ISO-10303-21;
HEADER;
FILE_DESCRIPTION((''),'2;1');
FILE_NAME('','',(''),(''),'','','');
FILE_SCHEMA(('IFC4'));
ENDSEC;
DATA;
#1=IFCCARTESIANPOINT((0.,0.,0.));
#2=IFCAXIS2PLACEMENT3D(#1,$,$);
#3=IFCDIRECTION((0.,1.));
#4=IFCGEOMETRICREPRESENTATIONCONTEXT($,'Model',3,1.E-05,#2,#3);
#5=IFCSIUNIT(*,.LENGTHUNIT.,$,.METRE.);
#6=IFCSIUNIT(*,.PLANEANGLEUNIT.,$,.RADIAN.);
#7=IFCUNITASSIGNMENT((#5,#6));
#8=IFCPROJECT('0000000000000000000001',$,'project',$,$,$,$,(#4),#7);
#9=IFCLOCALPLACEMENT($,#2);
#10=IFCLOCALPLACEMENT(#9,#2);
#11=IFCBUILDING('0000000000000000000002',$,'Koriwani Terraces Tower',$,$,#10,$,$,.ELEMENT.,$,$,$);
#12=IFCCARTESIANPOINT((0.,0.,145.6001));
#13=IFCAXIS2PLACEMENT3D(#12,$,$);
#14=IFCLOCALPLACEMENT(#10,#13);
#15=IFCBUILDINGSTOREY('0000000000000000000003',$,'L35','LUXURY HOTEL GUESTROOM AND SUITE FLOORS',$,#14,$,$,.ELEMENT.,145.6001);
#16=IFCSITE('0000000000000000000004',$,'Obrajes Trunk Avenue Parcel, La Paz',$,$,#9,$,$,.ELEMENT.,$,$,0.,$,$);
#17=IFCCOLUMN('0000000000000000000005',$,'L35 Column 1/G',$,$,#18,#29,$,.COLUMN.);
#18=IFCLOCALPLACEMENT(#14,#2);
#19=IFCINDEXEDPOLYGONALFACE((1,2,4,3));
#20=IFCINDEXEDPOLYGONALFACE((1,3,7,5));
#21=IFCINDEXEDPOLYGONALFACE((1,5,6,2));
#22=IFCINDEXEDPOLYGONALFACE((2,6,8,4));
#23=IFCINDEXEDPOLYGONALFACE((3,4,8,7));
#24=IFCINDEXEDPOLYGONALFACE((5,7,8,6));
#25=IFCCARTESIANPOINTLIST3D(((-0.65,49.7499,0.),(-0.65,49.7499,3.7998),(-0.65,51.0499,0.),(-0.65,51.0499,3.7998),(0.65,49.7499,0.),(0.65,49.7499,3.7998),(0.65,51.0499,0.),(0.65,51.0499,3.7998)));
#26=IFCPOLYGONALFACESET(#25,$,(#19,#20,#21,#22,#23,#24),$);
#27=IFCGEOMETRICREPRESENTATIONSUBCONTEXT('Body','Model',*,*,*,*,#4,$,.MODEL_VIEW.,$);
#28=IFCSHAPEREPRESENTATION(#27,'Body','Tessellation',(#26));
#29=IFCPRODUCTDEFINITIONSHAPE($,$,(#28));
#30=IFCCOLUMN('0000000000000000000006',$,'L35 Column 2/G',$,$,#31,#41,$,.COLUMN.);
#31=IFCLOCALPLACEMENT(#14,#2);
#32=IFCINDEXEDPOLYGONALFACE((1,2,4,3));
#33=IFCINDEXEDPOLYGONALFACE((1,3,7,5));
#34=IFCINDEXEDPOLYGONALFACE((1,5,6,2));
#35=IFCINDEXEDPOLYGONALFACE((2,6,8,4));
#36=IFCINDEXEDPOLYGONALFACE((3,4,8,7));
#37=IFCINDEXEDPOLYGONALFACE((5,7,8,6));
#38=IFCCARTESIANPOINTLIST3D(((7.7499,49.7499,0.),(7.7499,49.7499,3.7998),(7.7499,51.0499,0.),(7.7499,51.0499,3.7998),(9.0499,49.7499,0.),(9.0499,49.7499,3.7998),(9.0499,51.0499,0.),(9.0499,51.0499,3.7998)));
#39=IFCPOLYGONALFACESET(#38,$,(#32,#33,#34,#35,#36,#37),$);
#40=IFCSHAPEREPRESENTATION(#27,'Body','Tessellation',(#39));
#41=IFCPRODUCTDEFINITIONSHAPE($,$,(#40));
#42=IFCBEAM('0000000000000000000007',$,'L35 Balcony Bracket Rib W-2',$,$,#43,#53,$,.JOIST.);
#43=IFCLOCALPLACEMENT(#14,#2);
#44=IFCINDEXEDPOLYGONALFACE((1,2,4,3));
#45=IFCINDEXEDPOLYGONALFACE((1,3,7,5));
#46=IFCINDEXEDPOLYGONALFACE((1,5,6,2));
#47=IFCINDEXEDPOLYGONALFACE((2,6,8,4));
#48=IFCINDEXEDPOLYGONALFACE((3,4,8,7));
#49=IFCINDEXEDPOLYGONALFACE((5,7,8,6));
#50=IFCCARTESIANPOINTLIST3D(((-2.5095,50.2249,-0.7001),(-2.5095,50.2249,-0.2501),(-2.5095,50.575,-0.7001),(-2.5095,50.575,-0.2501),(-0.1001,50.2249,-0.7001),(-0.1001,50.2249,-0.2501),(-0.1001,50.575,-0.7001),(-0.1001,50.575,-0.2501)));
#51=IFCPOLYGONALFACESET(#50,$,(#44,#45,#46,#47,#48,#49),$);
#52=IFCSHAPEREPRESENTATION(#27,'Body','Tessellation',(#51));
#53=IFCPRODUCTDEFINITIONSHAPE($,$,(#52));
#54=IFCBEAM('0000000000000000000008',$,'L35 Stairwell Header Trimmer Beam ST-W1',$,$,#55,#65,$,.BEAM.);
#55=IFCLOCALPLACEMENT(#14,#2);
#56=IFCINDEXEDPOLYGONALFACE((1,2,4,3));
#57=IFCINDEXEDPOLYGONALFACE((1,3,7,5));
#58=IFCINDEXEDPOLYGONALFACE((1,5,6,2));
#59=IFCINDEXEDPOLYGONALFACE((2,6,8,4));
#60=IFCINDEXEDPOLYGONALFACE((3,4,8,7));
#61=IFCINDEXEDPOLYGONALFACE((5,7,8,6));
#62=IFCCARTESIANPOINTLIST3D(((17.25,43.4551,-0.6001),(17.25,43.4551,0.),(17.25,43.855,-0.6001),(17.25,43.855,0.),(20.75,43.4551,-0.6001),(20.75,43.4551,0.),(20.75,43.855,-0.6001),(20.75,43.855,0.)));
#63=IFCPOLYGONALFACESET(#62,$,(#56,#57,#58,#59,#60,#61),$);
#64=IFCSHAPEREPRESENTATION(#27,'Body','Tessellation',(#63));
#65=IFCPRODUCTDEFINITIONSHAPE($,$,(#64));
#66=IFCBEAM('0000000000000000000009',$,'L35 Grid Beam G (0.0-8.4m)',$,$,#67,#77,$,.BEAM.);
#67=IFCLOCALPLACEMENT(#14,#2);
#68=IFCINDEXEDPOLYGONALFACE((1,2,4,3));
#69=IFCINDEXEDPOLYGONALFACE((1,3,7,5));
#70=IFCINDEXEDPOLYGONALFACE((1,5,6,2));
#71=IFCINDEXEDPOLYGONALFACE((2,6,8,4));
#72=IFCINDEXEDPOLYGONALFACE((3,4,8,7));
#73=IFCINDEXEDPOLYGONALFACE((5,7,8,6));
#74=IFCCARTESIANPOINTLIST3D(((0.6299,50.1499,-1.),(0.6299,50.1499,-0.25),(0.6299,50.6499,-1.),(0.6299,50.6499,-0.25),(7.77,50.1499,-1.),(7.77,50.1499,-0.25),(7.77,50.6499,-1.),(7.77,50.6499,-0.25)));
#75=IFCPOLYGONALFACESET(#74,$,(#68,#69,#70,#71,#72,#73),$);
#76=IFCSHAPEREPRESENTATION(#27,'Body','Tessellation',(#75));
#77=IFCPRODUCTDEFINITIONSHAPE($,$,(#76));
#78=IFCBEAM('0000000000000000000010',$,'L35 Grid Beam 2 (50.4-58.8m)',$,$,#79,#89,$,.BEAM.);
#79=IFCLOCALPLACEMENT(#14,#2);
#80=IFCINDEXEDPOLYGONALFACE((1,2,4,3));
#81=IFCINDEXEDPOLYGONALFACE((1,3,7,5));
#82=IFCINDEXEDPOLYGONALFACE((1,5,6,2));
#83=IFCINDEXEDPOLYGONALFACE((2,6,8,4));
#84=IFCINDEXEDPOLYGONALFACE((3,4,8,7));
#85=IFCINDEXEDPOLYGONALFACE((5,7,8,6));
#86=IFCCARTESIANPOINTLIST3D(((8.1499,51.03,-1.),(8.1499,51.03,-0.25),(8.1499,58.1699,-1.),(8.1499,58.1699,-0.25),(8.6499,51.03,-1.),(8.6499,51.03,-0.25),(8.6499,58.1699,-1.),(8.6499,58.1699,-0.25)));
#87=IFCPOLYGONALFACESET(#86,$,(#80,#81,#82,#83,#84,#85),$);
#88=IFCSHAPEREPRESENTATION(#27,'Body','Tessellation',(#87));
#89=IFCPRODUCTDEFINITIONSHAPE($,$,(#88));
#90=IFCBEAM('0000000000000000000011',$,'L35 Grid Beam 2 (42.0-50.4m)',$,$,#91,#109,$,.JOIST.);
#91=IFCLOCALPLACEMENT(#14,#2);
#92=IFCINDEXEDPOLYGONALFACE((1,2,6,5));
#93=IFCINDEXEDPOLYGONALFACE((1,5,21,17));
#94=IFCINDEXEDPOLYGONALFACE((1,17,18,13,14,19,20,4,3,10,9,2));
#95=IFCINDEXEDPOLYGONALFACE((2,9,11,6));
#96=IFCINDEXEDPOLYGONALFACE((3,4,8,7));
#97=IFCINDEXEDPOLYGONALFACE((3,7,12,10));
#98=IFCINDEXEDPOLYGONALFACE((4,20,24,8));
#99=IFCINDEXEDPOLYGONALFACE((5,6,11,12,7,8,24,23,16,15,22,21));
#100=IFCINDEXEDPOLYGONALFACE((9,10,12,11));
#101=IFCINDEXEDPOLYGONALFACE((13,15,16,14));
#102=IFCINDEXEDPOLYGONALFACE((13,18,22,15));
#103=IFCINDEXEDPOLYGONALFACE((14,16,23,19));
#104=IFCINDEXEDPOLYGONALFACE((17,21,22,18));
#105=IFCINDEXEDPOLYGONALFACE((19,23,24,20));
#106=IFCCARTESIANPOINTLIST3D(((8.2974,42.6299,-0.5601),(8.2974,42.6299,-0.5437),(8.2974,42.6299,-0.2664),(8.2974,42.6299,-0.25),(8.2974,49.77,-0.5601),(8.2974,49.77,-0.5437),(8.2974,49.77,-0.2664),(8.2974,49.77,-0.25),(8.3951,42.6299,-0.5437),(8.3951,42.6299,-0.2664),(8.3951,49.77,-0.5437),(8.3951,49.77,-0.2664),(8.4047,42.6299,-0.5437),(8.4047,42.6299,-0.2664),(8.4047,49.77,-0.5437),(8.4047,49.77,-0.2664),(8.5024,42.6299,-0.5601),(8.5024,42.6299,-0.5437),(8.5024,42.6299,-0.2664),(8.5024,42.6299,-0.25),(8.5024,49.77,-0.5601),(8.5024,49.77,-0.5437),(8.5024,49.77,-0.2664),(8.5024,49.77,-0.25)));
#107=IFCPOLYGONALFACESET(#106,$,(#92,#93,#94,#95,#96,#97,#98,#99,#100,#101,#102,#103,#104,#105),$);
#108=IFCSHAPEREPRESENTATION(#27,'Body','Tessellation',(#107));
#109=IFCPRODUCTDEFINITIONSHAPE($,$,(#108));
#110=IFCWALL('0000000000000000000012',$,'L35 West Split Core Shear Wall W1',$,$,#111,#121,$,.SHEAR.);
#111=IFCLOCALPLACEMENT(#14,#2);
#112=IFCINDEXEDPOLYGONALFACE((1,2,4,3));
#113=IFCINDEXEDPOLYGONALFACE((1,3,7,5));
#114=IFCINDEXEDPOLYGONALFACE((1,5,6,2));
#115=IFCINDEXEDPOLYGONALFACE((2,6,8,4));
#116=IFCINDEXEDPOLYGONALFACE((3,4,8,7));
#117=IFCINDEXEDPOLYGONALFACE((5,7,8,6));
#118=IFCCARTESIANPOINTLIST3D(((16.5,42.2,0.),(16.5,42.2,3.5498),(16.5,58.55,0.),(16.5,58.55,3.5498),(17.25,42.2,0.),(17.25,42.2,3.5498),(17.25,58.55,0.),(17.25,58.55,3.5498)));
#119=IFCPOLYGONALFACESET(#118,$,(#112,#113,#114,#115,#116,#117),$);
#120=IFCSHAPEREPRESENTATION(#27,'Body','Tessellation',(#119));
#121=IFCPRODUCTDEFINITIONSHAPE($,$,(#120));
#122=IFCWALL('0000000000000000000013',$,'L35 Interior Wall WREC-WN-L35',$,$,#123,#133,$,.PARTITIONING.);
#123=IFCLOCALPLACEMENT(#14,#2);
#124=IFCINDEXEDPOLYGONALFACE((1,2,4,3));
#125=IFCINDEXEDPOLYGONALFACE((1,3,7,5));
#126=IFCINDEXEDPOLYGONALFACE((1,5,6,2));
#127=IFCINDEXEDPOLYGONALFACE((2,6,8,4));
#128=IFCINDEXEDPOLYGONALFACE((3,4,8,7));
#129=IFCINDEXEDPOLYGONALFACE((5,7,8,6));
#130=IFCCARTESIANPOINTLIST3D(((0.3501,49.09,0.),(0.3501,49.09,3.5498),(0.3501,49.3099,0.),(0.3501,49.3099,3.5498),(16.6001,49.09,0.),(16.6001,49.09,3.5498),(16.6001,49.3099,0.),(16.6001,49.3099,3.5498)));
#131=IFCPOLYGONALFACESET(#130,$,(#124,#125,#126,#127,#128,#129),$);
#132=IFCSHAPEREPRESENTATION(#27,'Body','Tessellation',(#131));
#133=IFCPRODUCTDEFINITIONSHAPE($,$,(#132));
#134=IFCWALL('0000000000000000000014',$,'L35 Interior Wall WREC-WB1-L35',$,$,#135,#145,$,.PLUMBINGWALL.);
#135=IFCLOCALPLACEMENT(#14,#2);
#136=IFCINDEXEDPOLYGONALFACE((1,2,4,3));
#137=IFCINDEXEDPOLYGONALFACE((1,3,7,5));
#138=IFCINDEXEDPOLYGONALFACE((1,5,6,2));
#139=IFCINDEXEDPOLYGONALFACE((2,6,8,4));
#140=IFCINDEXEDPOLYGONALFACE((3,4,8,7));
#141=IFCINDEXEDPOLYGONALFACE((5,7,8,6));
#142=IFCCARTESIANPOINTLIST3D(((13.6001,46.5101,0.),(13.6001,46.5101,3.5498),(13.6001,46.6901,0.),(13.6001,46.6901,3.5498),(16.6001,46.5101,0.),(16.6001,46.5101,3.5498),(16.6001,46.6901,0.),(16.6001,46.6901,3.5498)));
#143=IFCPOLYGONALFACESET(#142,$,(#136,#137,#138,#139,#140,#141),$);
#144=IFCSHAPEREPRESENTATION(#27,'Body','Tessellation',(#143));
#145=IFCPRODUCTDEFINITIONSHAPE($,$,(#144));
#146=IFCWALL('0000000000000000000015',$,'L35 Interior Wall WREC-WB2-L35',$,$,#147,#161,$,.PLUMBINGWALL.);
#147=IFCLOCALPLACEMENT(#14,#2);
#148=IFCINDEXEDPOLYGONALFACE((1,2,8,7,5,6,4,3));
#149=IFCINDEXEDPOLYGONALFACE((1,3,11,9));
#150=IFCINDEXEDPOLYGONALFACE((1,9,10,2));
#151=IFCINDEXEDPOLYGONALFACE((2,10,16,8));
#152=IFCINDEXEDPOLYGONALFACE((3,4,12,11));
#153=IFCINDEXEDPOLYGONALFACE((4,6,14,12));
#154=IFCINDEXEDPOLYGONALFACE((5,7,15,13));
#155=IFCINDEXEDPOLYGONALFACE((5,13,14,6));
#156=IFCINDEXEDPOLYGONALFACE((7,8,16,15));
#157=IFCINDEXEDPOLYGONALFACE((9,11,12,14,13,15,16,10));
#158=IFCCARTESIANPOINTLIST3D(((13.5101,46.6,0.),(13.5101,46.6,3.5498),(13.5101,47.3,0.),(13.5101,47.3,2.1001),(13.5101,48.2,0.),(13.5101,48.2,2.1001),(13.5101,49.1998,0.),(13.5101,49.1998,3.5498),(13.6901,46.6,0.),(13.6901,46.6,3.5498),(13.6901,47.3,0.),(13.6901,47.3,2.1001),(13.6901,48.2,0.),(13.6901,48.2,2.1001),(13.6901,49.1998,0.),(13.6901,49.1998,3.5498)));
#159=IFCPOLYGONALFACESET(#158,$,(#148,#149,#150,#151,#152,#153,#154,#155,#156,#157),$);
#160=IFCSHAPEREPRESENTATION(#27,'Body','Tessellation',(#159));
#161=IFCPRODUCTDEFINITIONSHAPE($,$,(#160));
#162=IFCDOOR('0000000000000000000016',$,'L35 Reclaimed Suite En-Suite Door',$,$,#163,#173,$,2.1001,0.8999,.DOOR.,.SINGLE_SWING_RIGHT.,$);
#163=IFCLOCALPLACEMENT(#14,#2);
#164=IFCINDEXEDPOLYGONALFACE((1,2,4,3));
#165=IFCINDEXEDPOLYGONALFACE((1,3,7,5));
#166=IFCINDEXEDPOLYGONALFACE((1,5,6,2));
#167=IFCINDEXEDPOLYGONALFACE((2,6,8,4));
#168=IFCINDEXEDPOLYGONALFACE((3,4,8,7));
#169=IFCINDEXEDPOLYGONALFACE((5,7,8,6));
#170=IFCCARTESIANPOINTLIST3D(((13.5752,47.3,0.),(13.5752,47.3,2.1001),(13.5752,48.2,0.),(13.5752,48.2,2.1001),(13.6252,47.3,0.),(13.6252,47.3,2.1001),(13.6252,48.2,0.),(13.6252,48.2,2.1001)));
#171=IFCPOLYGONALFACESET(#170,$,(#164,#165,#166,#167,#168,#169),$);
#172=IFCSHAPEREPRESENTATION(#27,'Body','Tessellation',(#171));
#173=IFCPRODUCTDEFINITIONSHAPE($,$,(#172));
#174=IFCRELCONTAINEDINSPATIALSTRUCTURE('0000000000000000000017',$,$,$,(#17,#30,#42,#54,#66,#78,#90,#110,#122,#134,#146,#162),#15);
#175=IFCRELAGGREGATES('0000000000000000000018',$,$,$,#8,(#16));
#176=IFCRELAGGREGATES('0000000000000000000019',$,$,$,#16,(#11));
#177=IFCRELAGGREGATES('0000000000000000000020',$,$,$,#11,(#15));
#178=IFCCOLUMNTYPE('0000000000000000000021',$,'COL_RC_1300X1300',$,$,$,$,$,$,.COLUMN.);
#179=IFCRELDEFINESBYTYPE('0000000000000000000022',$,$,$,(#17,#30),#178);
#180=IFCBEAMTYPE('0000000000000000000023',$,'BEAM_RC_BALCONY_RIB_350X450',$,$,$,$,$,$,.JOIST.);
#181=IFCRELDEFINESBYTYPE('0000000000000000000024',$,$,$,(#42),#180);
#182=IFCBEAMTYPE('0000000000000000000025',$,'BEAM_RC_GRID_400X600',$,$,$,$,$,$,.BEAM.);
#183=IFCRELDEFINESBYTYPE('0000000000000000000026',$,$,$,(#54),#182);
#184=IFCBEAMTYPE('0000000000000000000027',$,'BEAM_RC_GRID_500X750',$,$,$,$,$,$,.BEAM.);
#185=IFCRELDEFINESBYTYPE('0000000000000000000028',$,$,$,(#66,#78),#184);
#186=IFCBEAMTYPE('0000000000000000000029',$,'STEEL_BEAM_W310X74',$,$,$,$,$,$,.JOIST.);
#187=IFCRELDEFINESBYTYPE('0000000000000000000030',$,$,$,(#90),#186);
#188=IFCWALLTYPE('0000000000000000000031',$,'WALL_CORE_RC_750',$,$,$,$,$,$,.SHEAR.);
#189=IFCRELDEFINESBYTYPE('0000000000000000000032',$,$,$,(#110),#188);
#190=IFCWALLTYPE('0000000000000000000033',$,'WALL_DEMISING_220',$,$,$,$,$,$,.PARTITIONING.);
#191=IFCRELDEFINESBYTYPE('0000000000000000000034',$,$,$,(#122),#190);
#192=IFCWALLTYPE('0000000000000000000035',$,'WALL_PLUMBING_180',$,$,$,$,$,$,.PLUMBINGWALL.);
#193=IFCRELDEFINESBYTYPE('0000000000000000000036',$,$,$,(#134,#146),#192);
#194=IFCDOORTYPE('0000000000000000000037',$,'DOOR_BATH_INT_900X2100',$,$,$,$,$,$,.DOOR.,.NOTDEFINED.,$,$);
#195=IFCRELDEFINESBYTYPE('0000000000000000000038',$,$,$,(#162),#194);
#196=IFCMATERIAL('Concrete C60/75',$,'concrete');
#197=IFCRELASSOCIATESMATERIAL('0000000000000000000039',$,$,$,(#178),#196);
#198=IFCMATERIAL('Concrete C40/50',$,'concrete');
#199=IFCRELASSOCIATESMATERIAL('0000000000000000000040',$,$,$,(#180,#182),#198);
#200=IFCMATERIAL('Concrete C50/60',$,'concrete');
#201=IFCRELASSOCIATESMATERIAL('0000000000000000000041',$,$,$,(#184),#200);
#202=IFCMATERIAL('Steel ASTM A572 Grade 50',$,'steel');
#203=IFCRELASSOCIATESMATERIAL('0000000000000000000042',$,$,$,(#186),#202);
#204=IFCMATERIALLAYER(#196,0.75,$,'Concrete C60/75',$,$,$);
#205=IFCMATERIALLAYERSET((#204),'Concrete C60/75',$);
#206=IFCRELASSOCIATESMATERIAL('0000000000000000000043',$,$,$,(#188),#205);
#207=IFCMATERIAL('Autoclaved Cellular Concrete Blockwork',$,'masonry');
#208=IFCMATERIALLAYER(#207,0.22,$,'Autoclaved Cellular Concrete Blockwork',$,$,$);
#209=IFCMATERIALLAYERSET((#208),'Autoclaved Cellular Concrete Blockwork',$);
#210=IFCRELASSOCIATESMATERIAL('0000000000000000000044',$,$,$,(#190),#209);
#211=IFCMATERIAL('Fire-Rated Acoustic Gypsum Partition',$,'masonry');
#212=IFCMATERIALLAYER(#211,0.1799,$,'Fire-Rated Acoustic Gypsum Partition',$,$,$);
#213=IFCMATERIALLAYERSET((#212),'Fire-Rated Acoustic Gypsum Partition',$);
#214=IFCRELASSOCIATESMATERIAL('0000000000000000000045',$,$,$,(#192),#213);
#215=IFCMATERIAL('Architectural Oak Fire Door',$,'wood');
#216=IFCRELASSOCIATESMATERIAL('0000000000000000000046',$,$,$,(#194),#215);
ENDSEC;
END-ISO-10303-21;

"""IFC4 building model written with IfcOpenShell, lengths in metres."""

from ifc_helpers import new_model, si_unit, direction, frame, frame_2d, origin, origin_2d, place, context, subcontext, project, spatial, rectangle, i_section, extrude, material, layer, layer_set, material_profile, profile_set, type_object, element, fill, save


model = new_model("IFC4")

# Units and contexts
model_context = context("Model", 3, precision=1e-05, world=origin(), true_north=direction((0.0, 1.0)))
body_context = subcontext(model_context, "Body", "Model", "MODEL_VIEW")
ifc_project = project(units=[si_unit("LENGTHUNIT", "METRE"), si_unit("PLANEANGLEUNIT", "RADIAN")], contexts=[model_context])

# Site, building, storey
site_placement = place(None, origin())
site = spatial("IfcSite", under=ifc_project, at=site_placement, Name="Obrajes Trunk Avenue Parcel, La Paz", CompositionType="ELEMENT", RefElevation=0.0)
building_placement = place(site_placement, origin())
building = spatial("IfcBuilding", under=site, at=building_placement, Name="Koriwani Terraces Tower", CompositionType="ELEMENT")
storey_placement = place(building_placement, frame((0.0, 0.0, 145.6001)))
storey = spatial("IfcBuildingStorey", under=building, at=storey_placement, Name="L35", Description="LUXURY HOTEL GUESTROOM AND SUITE FLOORS", CompositionType="ELEMENT", Elevation=145.6001)

# Columns
ifc_material_1 = material(Name="Concrete C60/75", Category="concrete")
ifc_material_profile_1 = material_profile(ifc_material_1, rectangle(XDim=1.3, YDim=1.3, at=origin_2d()), Name="Concrete C60/75", Category="LoadBearing")
ifc_profile_set_1 = profile_set([ifc_material_profile_1], Name="Concrete C60/75")
column_type = type_object("IfcColumnType", Name="COL_RC_1300X1300", PredefinedType="COLUMN", material=ifc_profile_set_1)
for number, where, z_axis, x_axis, name in (
    (1, (0.0, 50.3999, 0.0), (0.0, 0.0, 1.0), (1.0, 0.0, 0.0), "L35 Column 1/G"),
    (2, (8.3999, 50.3999, 0.0), (0.0, 0.0, 1.0), (1.0, 0.0, 0.0), "L35 Column 2/G"),
):
    element("IfcColumn", number, at=place(storey_placement, frame(where, z_axis=z_axis, x_axis=x_axis)), inside=storey, type_object=column_type, Name=name, PredefinedType="COLUMN", context=body_context, shape_type="SweptSolid", body=[
        extrude(rectangle(XDim=1.3, YDim=1.3, at=origin_2d()), origin(), (0.0, 0.0, 1.0), 3.7998),
    ])

# Beams
ifc_material_2 = material(Name="Concrete C40/50", Category="concrete")
ifc_material_profile_2 = material_profile(ifc_material_2, rectangle(XDim=0.3501, YDim=0.45, at=origin_2d()), Name="Concrete C40/50", Category="LoadBearing")
ifc_profile_set_2 = profile_set([ifc_material_profile_2], Name="Concrete C40/50")
beam_type_1 = type_object("IfcBeamType", Name="BEAM_RC_BALCONY_RIB_350X450", PredefinedType="JOIST", material=ifc_profile_set_2)
beam_1_placement = place(storey_placement, frame((-2.5095, 50.3999, -0.4751), z_axis=(1.0, 0.0, 0.0), x_axis=(0.0, 1.0, 0.0)))
element("IfcBeam", 3, at=beam_1_placement, inside=storey, type_object=beam_type_1, Name="L35 Balcony Bracket Rib W-2", PredefinedType="JOIST", context=body_context, shape_type="SweptSolid", body=[
    extrude(rectangle(XDim=0.3501, YDim=0.45, at=origin_2d()), origin(), (0.0, 0.0, 1.0), 2.4094),
])
ifc_material_profile_3 = material_profile(ifc_material_2, rectangle(XDim=0.3999, YDim=0.6001, at=origin_2d()), Name="Concrete C40/50", Category="LoadBearing")
ifc_profile_set_3 = profile_set([ifc_material_profile_3], Name="Concrete C40/50")
beam_type_2 = type_object("IfcBeamType", Name="BEAM_RC_GRID_400X600", PredefinedType="BEAM", material=ifc_profile_set_3)
beam_2_placement = place(storey_placement, frame((17.25, 43.655, -0.3), z_axis=(1.0, 0.0, 0.0), x_axis=(0.0, 1.0, 0.0)))
element("IfcBeam", 4, at=beam_2_placement, inside=storey, type_object=beam_type_2, Name="L35 Stairwell Header Trimmer Beam ST-W1", PredefinedType="BEAM", context=body_context, shape_type="SweptSolid", body=[
    extrude(rectangle(XDim=0.3999, YDim=0.6001, at=origin_2d()), origin(), (0.0, 0.0, 1.0), 3.5),
])
ifc_material_3 = material(Name="Concrete C50/60", Category="concrete")
ifc_material_profile_4 = material_profile(ifc_material_3, rectangle(XDim=0.5, YDim=0.75, at=origin_2d()), Name="Concrete C50/60", Category="LoadBearing")
ifc_profile_set_4 = profile_set([ifc_material_profile_4], Name="Concrete C50/60")
beam_type_3 = type_object("IfcBeamType", Name="BEAM_RC_GRID_500X750", PredefinedType="BEAM", material=ifc_profile_set_4)
beam_3_placement = place(storey_placement, frame((0.6299, 50.3999, -0.625), z_axis=(1.0, 0.0, 0.0), x_axis=(0.0, 1.0, 0.0)))
element("IfcBeam", 5, at=beam_3_placement, inside=storey, type_object=beam_type_3, Name="L35 Grid Beam G (0.0-8.4m)", PredefinedType="BEAM", context=body_context, shape_type="SweptSolid", body=[
    extrude(rectangle(XDim=0.5, YDim=0.75, at=origin_2d()), origin(), (0.0, 0.0, 1.0), 7.1401),
])
beam_4_placement = place(storey_placement, frame((8.3999, 51.03, -0.625), z_axis=(0.0, 1.0, 0.0), x_axis=(-1.0, 0.0, 0.0)))
element("IfcBeam", 6, at=beam_4_placement, inside=storey, type_object=beam_type_3, Name="L35 Grid Beam 2 (50.4-58.8m)", PredefinedType="BEAM", context=body_context, shape_type="SweptSolid", body=[
    extrude(rectangle(XDim=0.5, YDim=0.75, at=origin_2d()), origin(), (0.0, 0.0, 1.0), 7.1399),
])
ifc_material_4 = material(Name="Steel ASTM A572 Grade 50", Category="steel")
ifc_material_profile_5 = material_profile(ifc_material_4, i_section(OverallWidth=0.2051, OverallDepth=0.3101, WebThickness=0.0095, FlangeThickness=0.0164, at=origin_2d()), Name="Steel ASTM A572 Grade 50", Category="LoadBearing")
ifc_profile_set_5 = profile_set([ifc_material_profile_5], Name="Steel ASTM A572 Grade 50")
beam_type_4 = type_object("IfcBeamType", Name="STEEL_BEAM_W310X74", PredefinedType="JOIST", material=ifc_profile_set_5)
beam_5_placement = place(storey_placement, frame((8.3999, 42.6299, -0.405), z_axis=(0.0, 1.0, 0.0), x_axis=(-1.0, 0.0, 0.0)))
element("IfcBeam", 7, at=beam_5_placement, inside=storey, type_object=beam_type_4, Name="L35 Grid Beam 2 (42.0-50.4m)", PredefinedType="JOIST", context=body_context, shape_type="SweptSolid", body=[
    extrude(i_section(OverallWidth=0.2051, OverallDepth=0.3101, WebThickness=0.0095, FlangeThickness=0.0164, at=origin_2d()), origin(), (0.0, 0.0, 1.0), 7.1401),
])

# Walls
ifc_layer_1 = layer(ifc_material_1, 0.75, Name="Concrete C60/75")
ifc_layer_set_1 = layer_set([ifc_layer_1], Name="Concrete C60/75")
wall_type_1 = type_object("IfcWallType", Name="WALL_CORE_RC_750", PredefinedType="SHEAR", material=ifc_layer_set_1)
wall_1_placement = place(storey_placement, frame((16.875, 42.2, 0.0), z_axis=(0.0, 0.0, 1.0), x_axis=(0.0, 1.0, 0.0)))
element("IfcWall", 8, at=wall_1_placement, inside=storey, type_object=wall_type_1, Name="L35 West Split Core Shear Wall W1", PredefinedType="SHEAR", context=body_context, shape_type="SweptSolid", body=[
    extrude(rectangle(XDim=16.3501, YDim=0.75, at=frame_2d((8.175, 0.0))), origin(), (0.0, 0.0, 1.0), 3.5498),
])
ifc_material_5 = material(Name="Autoclaved Cellular Concrete Blockwork", Category="masonry")
ifc_layer_2 = layer(ifc_material_5, 0.22, Name="Autoclaved Cellular Concrete Blockwork")
ifc_layer_set_2 = layer_set([ifc_layer_2], Name="Autoclaved Cellular Concrete Blockwork")
wall_type_2 = type_object("IfcWallType", Name="WALL_DEMISING_220", PredefinedType="PARTITIONING", material=ifc_layer_set_2)
wall_2_placement = place(storey_placement, frame((0.3501, 49.2, 0.0), z_axis=(0.0, 0.0, 1.0), x_axis=(1.0, 0.0, 0.0)))
element("IfcWall", 9, at=wall_2_placement, inside=storey, type_object=wall_type_2, Name="L35 Interior Wall WREC-WN-L35", PredefinedType="PARTITIONING", context=body_context, shape_type="SweptSolid", body=[
    extrude(rectangle(XDim=16.25, YDim=0.22, at=frame_2d((8.125, 0.0))), origin(), (0.0, 0.0, 1.0), 3.5498),
])
ifc_material_6 = material(Name="Fire-Rated Acoustic Gypsum Partition", Category="masonry")
ifc_layer_3 = layer(ifc_material_6, 0.1799, Name="Fire-Rated Acoustic Gypsum Partition")
ifc_layer_set_3 = layer_set([ifc_layer_3], Name="Fire-Rated Acoustic Gypsum Partition")
wall_type_3 = type_object("IfcWallType", Name="WALL_PLUMBING_180", PredefinedType="PLUMBINGWALL", material=ifc_layer_set_3)
wall_3_placement = place(storey_placement, frame((13.6001, 46.6001, 0.0), z_axis=(0.0, 0.0, 1.0), x_axis=(1.0, 0.0, 0.0)))
element("IfcWall", 10, at=wall_3_placement, inside=storey, type_object=wall_type_3, Name="L35 Interior Wall WREC-WB1-L35", PredefinedType="PLUMBINGWALL", context=body_context, shape_type="SweptSolid", body=[
    extrude(rectangle(XDim=3.0, YDim=0.1799, at=frame_2d((1.5, 0.0))), origin(), (0.0, 0.0, 1.0), 3.5498),
])

# Wall, opening, door
wall_4_placement = place(storey_placement, frame((13.6001, 46.6001, 0.0), z_axis=(0.0, 0.0, 1.0), x_axis=(0.0, 1.0, 0.0)))
wall_4 = element("IfcWall", 11, at=wall_4_placement, inside=storey, type_object=wall_type_3, Name="L35 Interior Wall WREC-WB2-L35", PredefinedType="PLUMBINGWALL", context=body_context, shape_type="SweptSolid", body=[
    extrude(rectangle(XDim=2.5999, YDim=0.1799, at=frame_2d((1.2998, 0.0))), origin(), (0.0, 0.0, 1.0), 3.5498),
])
opening_1_placement = place(wall_4_placement, frame((0.7, 0.0, 0.0)))
opening_1 = element("IfcOpeningElement", 12, at=opening_1_placement, cuts=wall_4, PredefinedType="OPENING", context=body_context, shape_type="SweptSolid", body=[
    extrude(rectangle(XDim=0.8999, YDim=2.1001, at=frame_2d((0.45, 1.05))), frame((0.0, 0.1001, 0.0), z_axis=(0.0, -1.0, 0.0), x_axis=(1.0, 0.0, 0.0)), (0.0, 0.0, 1.0), 0.2),
])
ifc_material_7 = material(Name="Architectural Oak Fire Door", Category="wood")
door_type_1 = type_object("IfcDoorType", Name="DOOR_BATH_INT_900X2100", OperationType="NOTDEFINED", PredefinedType="DOOR", material=ifc_material_7)
door_1_placement = place(opening_1_placement, origin())
door_1 = element("IfcDoor", 13, at=door_1_placement, inside=storey, type_object=door_type_1, Name="L35 Reclaimed Suite En-Suite Door", OperationType="SINGLE_SWING_RIGHT", OverallHeight=2.1001, OverallWidth=0.8999, PredefinedType="DOOR", context=body_context, shape_type="SweptSolid", body=[
    extrude(rectangle(XDim=0.8999, YDim=2.1001, at=frame_2d((0.45, 1.05))), frame((0.0, 0.0249, 0.0), z_axis=(0.0, -1.0, 0.0), x_axis=(1.0, 0.0, 0.0)), (0.0, 0.0, 1.0), 0.05),
])
fill(opening_1, door_1)

save(model, "model.ifc")
